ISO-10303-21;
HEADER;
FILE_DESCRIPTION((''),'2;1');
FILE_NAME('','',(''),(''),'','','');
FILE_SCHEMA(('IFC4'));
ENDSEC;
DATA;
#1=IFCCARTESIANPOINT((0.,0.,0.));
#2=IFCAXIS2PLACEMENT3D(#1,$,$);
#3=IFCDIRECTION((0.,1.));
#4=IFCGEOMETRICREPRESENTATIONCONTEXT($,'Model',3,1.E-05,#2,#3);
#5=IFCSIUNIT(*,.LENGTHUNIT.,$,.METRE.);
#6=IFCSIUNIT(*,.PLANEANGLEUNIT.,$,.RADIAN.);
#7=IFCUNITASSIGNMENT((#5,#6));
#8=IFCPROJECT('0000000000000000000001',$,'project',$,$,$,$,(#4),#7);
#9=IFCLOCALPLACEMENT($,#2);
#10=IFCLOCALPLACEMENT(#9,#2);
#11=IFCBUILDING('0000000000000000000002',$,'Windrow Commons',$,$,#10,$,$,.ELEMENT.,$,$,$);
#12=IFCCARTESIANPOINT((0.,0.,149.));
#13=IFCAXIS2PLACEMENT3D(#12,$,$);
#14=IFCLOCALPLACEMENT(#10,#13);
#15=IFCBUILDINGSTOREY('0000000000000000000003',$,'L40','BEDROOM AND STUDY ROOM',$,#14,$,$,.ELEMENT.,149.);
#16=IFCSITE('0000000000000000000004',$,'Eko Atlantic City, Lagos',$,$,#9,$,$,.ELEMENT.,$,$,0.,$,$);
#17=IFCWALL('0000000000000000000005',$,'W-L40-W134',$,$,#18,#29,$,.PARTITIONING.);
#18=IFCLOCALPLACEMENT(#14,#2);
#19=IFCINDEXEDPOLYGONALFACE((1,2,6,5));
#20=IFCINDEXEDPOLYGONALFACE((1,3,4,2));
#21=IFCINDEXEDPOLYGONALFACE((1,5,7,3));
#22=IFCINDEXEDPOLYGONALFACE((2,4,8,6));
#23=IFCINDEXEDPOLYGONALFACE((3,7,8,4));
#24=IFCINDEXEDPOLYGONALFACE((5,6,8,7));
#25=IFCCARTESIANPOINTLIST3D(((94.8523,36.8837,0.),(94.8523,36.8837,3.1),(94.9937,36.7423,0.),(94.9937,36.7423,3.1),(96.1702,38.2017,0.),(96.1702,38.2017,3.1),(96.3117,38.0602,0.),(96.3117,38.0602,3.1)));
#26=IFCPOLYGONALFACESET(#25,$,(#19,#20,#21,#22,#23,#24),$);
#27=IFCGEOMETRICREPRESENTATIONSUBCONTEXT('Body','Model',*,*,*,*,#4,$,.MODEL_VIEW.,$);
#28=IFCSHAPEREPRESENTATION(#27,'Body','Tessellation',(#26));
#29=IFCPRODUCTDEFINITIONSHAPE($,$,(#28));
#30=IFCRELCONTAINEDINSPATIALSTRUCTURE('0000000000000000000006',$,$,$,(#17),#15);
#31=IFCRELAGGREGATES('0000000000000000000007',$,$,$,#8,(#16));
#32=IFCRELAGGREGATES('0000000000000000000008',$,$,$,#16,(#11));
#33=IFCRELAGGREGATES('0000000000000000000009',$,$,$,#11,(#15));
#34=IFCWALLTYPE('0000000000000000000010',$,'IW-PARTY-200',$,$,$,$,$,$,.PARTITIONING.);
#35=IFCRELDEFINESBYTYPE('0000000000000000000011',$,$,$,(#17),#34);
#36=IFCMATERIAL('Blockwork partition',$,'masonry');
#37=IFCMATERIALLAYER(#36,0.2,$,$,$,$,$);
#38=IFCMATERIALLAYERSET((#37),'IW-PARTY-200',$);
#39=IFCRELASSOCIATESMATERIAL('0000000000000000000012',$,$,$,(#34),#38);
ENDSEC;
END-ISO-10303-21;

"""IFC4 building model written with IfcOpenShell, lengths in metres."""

from ifc_helpers import new_model, si_unit, direction, frame, frame_2d, origin, place, context, subcontext, project, spatial, rectangle, extrude, material, layer, layer_set, type_object, element, save


model = new_model("IFC4")

# Units and contexts
model_context = context("Model", 3, precision=1e-05, world=origin(), true_north=direction((0.0, 1.0)))
body_context = subcontext(model_context, "Body", "Model", "MODEL_VIEW")
ifc_project = project(units=[si_unit("LENGTHUNIT", "METRE"), si_unit("PLANEANGLEUNIT", "RADIAN")], contexts=[model_context])

# Site, building, storey
site_placement = place(None, origin())
site = spatial("IfcSite", under=ifc_project, at=site_placement, Name="Eko Atlantic City, Lagos", CompositionType="ELEMENT", RefElevation=0.0)
building_placement = place(site_placement, origin())
building = spatial("IfcBuilding", under=site, at=building_placement, Name="Windrow Commons", CompositionType="ELEMENT")
storey_placement = place(building_placement, frame((0.0, 0.0, 149.0)))
storey = spatial("IfcBuildingStorey", under=building, at=storey_placement, Name="L40", Description="BEDROOM AND STUDY ROOM", CompositionType="ELEMENT", Elevation=149.0)

# Wall
ifc_material_1 = material(Name="Blockwork partition", Category="masonry")
ifc_layer_1 = layer(ifc_material_1, 0.2)
ifc_layer_set_1 = layer_set([ifc_layer_1], Name="IW-PARTY-200")
wall_type_1 = type_object("IfcWallType", Name="IW-PARTY-200", PredefinedType="PARTITIONING", material=ifc_layer_set_1)
wall_1_placement = place(storey_placement, frame((94.923, 36.813, 0.0), z_axis=(0.0, 0.0, 1.0), x_axis=(0.707107, 0.707107, 0.0)))
element("IfcWall", 1, at=wall_1_placement, inside=storey, type_object=wall_type_1, Name="W-L40-W134", PredefinedType="PARTITIONING", context=body_context, shape_type="SweptSolid", body=[
    extrude(rectangle(XDim=1.8639, YDim=0.2, at=frame_2d((0.9319, 0.0))), origin(), (0.0, 0.0, 1.0), 3.1),
])

save(model, "model.ifc")
